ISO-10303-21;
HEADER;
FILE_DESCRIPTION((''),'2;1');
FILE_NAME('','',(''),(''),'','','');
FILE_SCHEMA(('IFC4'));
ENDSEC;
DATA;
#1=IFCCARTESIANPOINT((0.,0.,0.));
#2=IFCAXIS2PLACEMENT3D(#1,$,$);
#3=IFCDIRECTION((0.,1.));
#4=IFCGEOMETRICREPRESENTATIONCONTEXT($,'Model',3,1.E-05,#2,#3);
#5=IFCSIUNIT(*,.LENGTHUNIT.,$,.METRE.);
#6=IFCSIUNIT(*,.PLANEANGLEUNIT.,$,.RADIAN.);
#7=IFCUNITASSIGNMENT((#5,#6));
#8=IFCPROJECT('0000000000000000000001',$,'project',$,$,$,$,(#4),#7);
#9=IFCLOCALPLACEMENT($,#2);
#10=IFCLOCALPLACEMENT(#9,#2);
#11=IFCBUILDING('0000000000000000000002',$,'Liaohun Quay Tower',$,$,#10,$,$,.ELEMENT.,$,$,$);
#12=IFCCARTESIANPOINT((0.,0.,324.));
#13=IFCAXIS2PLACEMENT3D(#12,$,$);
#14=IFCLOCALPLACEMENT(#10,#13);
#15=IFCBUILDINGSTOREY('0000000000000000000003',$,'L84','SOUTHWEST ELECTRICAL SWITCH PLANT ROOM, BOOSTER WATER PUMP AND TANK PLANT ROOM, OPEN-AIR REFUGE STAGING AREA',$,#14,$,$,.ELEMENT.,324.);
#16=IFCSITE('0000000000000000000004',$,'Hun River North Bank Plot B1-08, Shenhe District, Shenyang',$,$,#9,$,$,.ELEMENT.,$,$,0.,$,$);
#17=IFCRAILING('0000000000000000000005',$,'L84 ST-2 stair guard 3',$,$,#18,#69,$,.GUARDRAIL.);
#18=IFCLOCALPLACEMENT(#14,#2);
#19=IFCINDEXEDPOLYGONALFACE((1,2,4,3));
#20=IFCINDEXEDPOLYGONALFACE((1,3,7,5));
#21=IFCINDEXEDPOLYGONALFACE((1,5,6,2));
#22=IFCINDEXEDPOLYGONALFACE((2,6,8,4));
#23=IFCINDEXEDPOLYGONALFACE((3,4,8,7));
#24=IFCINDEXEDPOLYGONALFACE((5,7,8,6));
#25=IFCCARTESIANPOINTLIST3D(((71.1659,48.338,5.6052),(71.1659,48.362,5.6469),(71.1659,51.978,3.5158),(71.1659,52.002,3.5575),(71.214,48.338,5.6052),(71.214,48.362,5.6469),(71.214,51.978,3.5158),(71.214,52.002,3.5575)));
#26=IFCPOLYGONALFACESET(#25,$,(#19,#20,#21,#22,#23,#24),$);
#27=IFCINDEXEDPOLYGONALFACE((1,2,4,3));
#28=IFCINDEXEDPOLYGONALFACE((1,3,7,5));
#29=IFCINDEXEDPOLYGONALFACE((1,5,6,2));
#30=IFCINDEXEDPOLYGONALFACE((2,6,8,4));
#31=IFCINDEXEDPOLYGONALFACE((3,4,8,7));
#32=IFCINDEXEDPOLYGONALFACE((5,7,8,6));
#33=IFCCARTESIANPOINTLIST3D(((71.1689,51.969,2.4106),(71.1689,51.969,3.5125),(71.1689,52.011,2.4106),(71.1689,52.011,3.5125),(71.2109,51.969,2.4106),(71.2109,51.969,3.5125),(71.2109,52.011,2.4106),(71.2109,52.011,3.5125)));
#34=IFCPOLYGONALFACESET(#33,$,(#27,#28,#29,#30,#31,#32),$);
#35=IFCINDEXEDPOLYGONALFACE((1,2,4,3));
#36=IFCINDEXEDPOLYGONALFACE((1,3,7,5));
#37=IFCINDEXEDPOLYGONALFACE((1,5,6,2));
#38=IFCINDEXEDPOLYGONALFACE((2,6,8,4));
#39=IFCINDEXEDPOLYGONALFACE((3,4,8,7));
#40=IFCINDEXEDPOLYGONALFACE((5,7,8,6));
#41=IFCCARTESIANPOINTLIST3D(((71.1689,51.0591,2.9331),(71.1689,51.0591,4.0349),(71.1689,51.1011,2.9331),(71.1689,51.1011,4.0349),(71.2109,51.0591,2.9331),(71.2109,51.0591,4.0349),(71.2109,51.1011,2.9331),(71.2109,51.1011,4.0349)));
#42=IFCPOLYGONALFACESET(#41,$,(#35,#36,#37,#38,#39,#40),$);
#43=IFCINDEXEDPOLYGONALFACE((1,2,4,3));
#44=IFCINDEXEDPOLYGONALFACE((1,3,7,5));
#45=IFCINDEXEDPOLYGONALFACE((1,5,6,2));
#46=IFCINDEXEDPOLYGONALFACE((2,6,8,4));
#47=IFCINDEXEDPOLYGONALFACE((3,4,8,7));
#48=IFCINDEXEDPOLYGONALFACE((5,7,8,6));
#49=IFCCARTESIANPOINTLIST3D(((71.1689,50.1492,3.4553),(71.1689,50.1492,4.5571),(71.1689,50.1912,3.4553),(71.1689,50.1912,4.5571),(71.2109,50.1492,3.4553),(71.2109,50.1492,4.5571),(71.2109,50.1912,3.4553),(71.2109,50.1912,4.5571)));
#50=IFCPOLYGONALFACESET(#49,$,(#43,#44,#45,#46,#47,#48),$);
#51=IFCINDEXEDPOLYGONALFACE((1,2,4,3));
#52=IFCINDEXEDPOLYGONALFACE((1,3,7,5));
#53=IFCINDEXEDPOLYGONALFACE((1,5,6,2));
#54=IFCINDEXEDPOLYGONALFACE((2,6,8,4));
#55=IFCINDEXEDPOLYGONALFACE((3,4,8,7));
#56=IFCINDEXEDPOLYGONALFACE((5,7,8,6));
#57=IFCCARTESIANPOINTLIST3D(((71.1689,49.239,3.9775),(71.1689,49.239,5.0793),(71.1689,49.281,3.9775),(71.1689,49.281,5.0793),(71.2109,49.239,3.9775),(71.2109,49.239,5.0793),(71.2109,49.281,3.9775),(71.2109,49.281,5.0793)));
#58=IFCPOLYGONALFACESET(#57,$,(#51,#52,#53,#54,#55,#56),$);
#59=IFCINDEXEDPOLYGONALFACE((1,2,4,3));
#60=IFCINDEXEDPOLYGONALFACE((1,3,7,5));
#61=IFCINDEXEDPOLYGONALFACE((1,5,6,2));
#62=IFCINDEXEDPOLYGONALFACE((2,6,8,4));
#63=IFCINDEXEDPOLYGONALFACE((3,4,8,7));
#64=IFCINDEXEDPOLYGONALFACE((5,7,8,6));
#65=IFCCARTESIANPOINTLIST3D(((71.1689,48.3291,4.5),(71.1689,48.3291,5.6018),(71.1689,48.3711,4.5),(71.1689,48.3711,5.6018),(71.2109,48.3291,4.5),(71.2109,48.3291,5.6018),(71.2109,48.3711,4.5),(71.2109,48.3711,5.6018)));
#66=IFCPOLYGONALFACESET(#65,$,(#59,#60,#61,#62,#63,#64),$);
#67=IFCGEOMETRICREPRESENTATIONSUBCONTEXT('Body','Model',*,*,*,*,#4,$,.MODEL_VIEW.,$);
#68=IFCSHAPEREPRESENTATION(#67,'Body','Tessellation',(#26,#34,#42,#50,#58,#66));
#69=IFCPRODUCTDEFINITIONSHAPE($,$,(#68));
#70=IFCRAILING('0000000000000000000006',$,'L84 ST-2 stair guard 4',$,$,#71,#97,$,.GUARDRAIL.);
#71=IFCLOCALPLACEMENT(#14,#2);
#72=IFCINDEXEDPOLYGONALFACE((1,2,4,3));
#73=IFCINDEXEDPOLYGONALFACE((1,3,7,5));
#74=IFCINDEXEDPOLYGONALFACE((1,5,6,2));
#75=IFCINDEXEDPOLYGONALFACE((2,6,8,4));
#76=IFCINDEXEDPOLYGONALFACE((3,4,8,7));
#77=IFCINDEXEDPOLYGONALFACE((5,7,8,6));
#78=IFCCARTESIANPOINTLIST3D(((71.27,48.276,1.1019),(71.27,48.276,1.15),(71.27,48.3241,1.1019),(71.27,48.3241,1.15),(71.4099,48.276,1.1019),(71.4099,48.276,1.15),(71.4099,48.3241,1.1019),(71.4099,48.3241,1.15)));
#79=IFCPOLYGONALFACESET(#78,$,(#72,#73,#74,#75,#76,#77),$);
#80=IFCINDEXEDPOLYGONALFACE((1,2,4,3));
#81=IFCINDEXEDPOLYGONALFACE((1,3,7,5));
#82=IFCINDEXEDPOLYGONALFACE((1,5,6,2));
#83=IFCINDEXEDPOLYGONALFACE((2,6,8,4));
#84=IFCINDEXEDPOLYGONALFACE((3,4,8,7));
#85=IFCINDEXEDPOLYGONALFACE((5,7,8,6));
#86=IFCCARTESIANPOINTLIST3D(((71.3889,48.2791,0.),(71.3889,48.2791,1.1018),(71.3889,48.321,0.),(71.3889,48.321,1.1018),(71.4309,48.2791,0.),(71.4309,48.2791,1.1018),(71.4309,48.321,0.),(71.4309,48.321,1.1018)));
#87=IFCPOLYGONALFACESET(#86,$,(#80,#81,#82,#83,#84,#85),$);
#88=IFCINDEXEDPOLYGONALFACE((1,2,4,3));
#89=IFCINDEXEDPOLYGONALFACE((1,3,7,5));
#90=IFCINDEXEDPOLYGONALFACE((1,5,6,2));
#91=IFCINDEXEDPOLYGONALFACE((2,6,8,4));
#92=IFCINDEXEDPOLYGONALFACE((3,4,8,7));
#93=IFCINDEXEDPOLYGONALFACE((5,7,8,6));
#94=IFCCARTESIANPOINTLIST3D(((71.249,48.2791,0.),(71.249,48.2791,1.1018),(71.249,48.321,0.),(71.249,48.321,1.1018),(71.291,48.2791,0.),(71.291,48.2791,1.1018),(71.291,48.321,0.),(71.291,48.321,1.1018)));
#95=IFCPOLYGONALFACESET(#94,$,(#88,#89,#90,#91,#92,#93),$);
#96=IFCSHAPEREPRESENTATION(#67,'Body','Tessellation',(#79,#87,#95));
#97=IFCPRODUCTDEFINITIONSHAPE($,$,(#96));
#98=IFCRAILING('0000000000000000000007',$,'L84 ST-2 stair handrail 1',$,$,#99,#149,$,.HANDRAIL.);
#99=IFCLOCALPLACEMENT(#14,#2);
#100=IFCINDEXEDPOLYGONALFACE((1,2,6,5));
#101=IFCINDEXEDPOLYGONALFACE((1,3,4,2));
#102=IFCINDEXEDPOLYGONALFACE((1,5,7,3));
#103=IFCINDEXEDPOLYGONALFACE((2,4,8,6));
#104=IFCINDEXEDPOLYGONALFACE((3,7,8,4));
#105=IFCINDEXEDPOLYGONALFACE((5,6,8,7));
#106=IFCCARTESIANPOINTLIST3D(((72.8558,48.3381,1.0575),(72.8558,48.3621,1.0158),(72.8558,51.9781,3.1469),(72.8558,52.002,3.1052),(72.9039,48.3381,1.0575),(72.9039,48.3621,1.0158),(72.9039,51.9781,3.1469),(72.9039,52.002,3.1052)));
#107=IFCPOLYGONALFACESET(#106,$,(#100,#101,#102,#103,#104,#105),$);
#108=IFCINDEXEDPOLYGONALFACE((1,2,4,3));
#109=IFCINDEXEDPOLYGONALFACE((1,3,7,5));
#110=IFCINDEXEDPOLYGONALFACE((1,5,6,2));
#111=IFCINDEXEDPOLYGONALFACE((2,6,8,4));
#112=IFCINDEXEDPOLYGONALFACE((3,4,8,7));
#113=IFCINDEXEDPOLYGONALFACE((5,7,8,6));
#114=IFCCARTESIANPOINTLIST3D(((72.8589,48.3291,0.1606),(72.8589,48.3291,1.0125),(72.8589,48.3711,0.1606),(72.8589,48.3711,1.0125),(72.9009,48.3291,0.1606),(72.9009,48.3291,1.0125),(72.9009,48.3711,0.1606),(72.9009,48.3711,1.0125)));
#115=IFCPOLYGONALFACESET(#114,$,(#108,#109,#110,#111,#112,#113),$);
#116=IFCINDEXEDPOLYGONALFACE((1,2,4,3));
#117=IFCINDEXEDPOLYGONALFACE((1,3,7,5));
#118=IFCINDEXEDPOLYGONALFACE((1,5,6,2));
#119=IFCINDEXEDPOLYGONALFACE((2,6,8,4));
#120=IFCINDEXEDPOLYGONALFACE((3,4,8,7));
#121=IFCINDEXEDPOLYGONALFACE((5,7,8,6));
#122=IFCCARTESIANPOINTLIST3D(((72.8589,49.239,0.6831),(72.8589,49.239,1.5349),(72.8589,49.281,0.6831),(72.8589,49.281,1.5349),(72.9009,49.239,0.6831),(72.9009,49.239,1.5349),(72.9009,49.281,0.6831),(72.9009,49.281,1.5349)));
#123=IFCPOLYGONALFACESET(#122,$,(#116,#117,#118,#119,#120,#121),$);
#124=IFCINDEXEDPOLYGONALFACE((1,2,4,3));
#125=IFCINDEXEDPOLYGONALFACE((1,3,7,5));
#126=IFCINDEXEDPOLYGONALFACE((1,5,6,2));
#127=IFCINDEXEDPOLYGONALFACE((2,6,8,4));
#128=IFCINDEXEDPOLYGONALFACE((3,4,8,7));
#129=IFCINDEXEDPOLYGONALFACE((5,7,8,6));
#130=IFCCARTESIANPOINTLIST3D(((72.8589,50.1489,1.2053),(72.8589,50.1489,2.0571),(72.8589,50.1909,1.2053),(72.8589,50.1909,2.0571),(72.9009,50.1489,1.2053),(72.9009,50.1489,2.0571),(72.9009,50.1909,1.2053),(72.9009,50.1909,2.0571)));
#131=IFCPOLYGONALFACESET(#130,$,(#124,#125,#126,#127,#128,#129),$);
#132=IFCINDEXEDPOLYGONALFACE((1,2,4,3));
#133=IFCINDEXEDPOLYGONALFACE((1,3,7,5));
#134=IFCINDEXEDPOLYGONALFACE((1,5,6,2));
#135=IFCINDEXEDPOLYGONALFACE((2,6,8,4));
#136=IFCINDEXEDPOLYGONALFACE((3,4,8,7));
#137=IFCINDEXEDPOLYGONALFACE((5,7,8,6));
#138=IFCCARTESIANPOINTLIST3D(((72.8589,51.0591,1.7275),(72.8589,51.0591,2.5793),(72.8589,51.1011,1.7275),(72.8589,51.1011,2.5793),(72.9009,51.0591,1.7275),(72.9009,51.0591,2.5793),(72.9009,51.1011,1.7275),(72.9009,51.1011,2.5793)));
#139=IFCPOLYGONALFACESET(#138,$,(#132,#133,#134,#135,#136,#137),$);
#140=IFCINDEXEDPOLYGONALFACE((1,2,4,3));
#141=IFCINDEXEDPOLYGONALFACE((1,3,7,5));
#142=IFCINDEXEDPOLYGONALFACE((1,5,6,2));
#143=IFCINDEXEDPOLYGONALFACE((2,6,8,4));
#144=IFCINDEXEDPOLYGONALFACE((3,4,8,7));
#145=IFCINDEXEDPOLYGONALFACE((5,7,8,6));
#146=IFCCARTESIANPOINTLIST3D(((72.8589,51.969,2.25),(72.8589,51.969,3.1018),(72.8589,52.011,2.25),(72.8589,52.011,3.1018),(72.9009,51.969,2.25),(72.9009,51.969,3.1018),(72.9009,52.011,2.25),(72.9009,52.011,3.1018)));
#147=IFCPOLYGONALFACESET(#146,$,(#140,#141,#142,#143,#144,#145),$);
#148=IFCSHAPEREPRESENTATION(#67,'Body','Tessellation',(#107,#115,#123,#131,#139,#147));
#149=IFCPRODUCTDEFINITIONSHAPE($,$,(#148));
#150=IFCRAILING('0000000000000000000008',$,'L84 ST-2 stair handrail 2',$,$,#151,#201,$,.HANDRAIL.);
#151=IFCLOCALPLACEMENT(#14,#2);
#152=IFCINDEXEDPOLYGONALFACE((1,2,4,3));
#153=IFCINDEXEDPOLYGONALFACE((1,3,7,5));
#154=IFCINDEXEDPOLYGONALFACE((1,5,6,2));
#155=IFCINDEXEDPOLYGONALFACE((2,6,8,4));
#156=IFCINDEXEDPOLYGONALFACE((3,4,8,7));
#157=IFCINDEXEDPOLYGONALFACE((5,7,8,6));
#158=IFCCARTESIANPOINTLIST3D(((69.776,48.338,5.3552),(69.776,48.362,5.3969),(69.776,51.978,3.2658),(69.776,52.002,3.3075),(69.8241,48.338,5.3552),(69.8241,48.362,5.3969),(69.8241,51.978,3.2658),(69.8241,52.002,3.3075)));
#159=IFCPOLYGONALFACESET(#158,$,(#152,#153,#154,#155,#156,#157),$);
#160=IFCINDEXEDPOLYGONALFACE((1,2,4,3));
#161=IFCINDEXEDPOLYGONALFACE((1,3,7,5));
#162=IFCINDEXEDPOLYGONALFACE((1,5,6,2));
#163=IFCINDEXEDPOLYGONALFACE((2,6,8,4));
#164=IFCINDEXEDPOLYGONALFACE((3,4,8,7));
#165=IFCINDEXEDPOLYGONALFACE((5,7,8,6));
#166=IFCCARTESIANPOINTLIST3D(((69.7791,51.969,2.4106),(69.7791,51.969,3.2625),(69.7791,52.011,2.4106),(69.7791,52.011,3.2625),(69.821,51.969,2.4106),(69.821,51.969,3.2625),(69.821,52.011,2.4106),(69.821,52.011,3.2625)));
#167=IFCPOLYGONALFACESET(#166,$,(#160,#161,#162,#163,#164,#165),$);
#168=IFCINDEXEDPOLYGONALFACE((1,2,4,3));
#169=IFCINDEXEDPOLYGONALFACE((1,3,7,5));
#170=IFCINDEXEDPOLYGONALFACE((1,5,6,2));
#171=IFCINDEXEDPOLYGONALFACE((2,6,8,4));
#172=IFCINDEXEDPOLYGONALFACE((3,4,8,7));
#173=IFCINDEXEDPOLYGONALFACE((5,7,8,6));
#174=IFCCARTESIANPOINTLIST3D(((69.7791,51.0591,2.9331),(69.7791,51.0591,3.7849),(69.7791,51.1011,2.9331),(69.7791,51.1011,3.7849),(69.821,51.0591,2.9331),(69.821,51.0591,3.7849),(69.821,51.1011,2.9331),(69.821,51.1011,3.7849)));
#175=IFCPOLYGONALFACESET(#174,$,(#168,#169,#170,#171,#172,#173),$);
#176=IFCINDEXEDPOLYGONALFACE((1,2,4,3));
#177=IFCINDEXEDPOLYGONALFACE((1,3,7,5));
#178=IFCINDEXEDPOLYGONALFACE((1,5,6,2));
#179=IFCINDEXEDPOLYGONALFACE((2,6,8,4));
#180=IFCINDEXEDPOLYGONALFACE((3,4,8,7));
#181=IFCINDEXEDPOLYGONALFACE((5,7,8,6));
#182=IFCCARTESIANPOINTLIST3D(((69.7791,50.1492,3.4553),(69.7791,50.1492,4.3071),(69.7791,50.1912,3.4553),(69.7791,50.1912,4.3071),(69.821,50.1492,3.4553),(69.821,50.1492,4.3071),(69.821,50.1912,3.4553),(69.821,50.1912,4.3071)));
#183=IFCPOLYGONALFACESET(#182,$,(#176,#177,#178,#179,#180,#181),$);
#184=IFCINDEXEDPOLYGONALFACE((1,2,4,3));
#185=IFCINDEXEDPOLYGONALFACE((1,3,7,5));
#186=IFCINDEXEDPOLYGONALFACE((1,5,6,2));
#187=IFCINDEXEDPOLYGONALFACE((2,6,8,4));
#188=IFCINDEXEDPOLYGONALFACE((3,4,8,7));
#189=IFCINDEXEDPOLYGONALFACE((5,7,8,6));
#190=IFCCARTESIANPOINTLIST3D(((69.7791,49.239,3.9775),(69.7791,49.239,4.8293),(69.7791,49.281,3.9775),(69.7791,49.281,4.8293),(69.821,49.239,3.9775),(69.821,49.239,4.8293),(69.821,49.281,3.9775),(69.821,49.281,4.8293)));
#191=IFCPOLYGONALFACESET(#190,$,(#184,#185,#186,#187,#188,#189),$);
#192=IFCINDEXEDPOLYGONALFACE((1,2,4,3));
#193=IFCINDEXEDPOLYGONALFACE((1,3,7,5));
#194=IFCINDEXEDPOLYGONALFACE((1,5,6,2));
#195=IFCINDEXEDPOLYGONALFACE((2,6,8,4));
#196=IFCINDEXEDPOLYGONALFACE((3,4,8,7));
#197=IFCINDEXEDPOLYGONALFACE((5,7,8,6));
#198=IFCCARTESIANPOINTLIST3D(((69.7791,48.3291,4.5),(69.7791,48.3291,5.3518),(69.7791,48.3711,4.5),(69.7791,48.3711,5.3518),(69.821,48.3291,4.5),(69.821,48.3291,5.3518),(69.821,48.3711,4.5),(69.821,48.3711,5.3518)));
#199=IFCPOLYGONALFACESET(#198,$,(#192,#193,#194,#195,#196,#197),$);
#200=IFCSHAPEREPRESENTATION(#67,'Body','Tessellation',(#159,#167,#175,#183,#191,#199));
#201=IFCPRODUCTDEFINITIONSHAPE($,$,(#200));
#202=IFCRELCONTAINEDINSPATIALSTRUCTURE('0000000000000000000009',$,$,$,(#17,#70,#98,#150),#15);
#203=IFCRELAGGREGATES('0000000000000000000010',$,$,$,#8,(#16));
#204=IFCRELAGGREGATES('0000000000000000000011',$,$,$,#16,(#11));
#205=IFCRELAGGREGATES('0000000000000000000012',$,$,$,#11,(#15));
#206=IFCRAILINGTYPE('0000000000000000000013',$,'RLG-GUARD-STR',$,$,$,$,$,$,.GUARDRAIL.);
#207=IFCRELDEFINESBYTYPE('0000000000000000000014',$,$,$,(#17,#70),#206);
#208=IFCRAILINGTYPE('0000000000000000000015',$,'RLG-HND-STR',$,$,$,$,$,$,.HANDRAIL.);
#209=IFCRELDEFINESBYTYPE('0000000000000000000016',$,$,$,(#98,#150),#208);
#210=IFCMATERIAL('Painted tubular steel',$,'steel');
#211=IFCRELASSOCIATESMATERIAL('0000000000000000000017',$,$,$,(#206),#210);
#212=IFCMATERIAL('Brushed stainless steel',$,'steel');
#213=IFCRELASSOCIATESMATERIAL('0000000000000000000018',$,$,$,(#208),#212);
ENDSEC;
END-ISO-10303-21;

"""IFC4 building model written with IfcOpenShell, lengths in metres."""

from ifc_helpers import new_model, si_unit, direction, frame, origin, origin_2d, place, context, subcontext, project, spatial, rectangle, extrude, material, type_object, element, save


model = new_model("IFC4")

# Units and contexts
model_context = context("Model", 3, precision=1e-05, world=origin(), true_north=direction((0.0, 1.0)))
body_context = subcontext(model_context, "Body", "Model", "MODEL_VIEW")
ifc_project = project(units=[si_unit("LENGTHUNIT", "METRE"), si_unit("PLANEANGLEUNIT", "RADIAN")], contexts=[model_context])

# Site, building, storey
site_placement = place(None, origin())
site = spatial("IfcSite", under=ifc_project, at=site_placement, Name="Hun River North Bank Plot B1-08, Shenhe District, Shenyang", CompositionType="ELEMENT", RefElevation=0.0)
building_placement = place(site_placement, origin())
building = spatial("IfcBuilding", under=site, at=building_placement, Name="Liaohun Quay Tower", CompositionType="ELEMENT")
storey_placement = place(building_placement, frame((0.0, 0.0, 324.0)))
storey = spatial("IfcBuildingStorey", under=building, at=storey_placement, Name="L84", Description="SOUTHWEST ELECTRICAL SWITCH PLANT ROOM, BOOSTER WATER PUMP AND TANK PLANT ROOM, OPEN-AIR REFUGE STAGING AREA", CompositionType="ELEMENT", Elevation=324.0)

# Railings
ifc_material_1 = material(Name="Painted tubular steel", Category="steel")
railing_type_1 = type_object("IfcRailingType", Name="RLG-GUARD-STR", PredefinedType="GUARDRAIL", material=ifc_material_1)
railing_1_placement = place(storey_placement, frame((71.1899, 51.99, 2.4106)))
element("IfcRailing", 1, at=railing_1_placement, inside=storey, type_object=railing_type_1, Name="L84 ST-2 stair guard 3", PredefinedType="GUARDRAIL", context=body_context, shape_type="SweptSolid", body=[
    extrude(rectangle(XDim=0.0481, YDim=0.0481, at=origin_2d()), frame((0.0, 0.0, 1.126), z_axis=(0.0, -0.867275, 0.497829), x_axis=(1.0, 0.0, 0.0)), (0.0, 0.0, 1.0), 4.197),
    extrude(rectangle(XDim=0.042, YDim=0.042, at=origin_2d()), origin(), (0.0, 0.0, 1.0), 1.1018),
    extrude(rectangle(XDim=0.042, YDim=0.042, at=origin_2d()), frame((0.0, -0.9099, 0.5225)), (0.0, 0.0, 1.0), 1.1018),
    extrude(rectangle(XDim=0.042, YDim=0.042, at=origin_2d()), frame((0.0, -1.8198, 1.0447)), (0.0, 0.0, 1.0), 1.1018),
    extrude(rectangle(XDim=0.042, YDim=0.042, at=origin_2d()), frame((0.0, -2.73, 1.5669)), (0.0, 0.0, 1.0), 1.1018),
    extrude(rectangle(XDim=0.042, YDim=0.042, at=origin_2d()), frame((0.0, -3.6399, 2.0894)), (0.0, 0.0, 1.0), 1.1018),
])
railing_2_placement = place(storey_placement, frame((71.4099, 48.3, 0.0)))
element("IfcRailing", 2, at=railing_2_placement, inside=storey, type_object=railing_type_1, Name="L84 ST-2 stair guard 4", PredefinedType="GUARDRAIL", context=body_context, shape_type="SweptSolid", body=[
    extrude(rectangle(XDim=0.0481, YDim=0.0481, at=origin_2d()), frame((0.0, 0.0, 1.126), z_axis=(-1.0, 0.0, 0.0), x_axis=(0.0, -1.0, 0.0)), (0.0, 0.0, 1.0), 0.1399),
    extrude(rectangle(XDim=0.042, YDim=0.042, at=origin_2d()), origin(), (0.0, 0.0, 1.0), 1.1018),
    extrude(rectangle(XDim=0.042, YDim=0.042, at=origin_2d()), frame((-0.1399, 0.0, 0.0)), (0.0, 0.0, 1.0), 1.1018),
])
ifc_material_2 = material(Name="Brushed stainless steel", Category="steel")
railing_type_2 = type_object("IfcRailingType", Name="RLG-HND-STR", PredefinedType="HANDRAIL", material=ifc_material_2)
railing_3_placement = place(storey_placement, frame((72.8799, 48.3501, 0.1606)))
element("IfcRailing", 3, at=railing_3_placement, inside=storey, type_object=railing_type_2, Name="L84 ST-2 stair handrail 1", PredefinedType="HANDRAIL", context=body_context, shape_type="SweptSolid", body=[
    extrude(rectangle(XDim=0.0481, YDim=0.0481, at=origin_2d()), frame((0.0, 0.0, 0.876), z_axis=(0.0, 0.867275, 0.497829), x_axis=(-1.0, 0.0, 0.0)), (0.0, 0.0, 1.0), 4.197),
    extrude(rectangle(XDim=0.042, YDim=0.042, at=origin_2d()), origin(), (0.0, 0.0, 1.0), 0.8518),
    extrude(rectangle(XDim=0.042, YDim=0.042, at=origin_2d()), frame((0.0, 0.9099, 0.5225)), (0.0, 0.0, 1.0), 0.8518),
    extrude(rectangle(XDim=0.042, YDim=0.042, at=origin_2d()), frame((0.0, 1.8198, 1.0447)), (0.0, 0.0, 1.0), 0.8518),
    extrude(rectangle(XDim=0.042, YDim=0.042, at=origin_2d()), frame((0.0, 2.73, 1.5669)), (0.0, 0.0, 1.0), 0.8518),
    extrude(rectangle(XDim=0.042, YDim=0.042, at=origin_2d()), frame((0.0, 3.6399, 2.0894)), (0.0, 0.0, 1.0), 0.8518),
])
railing_4_placement = place(storey_placement, frame((69.8, 51.99, 2.4106)))
element("IfcRailing", 4, at=railing_4_placement, inside=storey, type_object=railing_type_2, Name="L84 ST-2 stair handrail 2", PredefinedType="HANDRAIL", context=body_context, shape_type="SweptSolid", body=[
    extrude(rectangle(XDim=0.0481, YDim=0.0481, at=origin_2d()), frame((0.0, 0.0, 0.876), z_axis=(0.0, -0.867275, 0.497829), x_axis=(1.0, 0.0, 0.0)), (0.0, 0.0, 1.0), 4.197),
    extrude(rectangle(XDim=0.042, YDim=0.042, at=origin_2d()), origin(), (0.0, 0.0, 1.0), 0.8518),
    extrude(rectangle(XDim=0.042, YDim=0.042, at=origin_2d()), frame((0.0, -0.9099, 0.5225)), (0.0, 0.0, 1.0), 0.8518),
    extrude(rectangle(XDim=0.042, YDim=0.042, at=origin_2d()), frame((0.0, -1.8198, 1.0447)), (0.0, 0.0, 1.0), 0.8518),
    extrude(rectangle(XDim=0.042, YDim=0.042, at=origin_2d()), frame((0.0, -2.73, 1.5669)), (0.0, 0.0, 1.0), 0.8518),
    extrude(rectangle(XDim=0.042, YDim=0.042, at=origin_2d()), frame((0.0, -3.6399, 2.0894)), (0.0, 0.0, 1.0), 0.8518),
])

save(model, "model.ifc")
